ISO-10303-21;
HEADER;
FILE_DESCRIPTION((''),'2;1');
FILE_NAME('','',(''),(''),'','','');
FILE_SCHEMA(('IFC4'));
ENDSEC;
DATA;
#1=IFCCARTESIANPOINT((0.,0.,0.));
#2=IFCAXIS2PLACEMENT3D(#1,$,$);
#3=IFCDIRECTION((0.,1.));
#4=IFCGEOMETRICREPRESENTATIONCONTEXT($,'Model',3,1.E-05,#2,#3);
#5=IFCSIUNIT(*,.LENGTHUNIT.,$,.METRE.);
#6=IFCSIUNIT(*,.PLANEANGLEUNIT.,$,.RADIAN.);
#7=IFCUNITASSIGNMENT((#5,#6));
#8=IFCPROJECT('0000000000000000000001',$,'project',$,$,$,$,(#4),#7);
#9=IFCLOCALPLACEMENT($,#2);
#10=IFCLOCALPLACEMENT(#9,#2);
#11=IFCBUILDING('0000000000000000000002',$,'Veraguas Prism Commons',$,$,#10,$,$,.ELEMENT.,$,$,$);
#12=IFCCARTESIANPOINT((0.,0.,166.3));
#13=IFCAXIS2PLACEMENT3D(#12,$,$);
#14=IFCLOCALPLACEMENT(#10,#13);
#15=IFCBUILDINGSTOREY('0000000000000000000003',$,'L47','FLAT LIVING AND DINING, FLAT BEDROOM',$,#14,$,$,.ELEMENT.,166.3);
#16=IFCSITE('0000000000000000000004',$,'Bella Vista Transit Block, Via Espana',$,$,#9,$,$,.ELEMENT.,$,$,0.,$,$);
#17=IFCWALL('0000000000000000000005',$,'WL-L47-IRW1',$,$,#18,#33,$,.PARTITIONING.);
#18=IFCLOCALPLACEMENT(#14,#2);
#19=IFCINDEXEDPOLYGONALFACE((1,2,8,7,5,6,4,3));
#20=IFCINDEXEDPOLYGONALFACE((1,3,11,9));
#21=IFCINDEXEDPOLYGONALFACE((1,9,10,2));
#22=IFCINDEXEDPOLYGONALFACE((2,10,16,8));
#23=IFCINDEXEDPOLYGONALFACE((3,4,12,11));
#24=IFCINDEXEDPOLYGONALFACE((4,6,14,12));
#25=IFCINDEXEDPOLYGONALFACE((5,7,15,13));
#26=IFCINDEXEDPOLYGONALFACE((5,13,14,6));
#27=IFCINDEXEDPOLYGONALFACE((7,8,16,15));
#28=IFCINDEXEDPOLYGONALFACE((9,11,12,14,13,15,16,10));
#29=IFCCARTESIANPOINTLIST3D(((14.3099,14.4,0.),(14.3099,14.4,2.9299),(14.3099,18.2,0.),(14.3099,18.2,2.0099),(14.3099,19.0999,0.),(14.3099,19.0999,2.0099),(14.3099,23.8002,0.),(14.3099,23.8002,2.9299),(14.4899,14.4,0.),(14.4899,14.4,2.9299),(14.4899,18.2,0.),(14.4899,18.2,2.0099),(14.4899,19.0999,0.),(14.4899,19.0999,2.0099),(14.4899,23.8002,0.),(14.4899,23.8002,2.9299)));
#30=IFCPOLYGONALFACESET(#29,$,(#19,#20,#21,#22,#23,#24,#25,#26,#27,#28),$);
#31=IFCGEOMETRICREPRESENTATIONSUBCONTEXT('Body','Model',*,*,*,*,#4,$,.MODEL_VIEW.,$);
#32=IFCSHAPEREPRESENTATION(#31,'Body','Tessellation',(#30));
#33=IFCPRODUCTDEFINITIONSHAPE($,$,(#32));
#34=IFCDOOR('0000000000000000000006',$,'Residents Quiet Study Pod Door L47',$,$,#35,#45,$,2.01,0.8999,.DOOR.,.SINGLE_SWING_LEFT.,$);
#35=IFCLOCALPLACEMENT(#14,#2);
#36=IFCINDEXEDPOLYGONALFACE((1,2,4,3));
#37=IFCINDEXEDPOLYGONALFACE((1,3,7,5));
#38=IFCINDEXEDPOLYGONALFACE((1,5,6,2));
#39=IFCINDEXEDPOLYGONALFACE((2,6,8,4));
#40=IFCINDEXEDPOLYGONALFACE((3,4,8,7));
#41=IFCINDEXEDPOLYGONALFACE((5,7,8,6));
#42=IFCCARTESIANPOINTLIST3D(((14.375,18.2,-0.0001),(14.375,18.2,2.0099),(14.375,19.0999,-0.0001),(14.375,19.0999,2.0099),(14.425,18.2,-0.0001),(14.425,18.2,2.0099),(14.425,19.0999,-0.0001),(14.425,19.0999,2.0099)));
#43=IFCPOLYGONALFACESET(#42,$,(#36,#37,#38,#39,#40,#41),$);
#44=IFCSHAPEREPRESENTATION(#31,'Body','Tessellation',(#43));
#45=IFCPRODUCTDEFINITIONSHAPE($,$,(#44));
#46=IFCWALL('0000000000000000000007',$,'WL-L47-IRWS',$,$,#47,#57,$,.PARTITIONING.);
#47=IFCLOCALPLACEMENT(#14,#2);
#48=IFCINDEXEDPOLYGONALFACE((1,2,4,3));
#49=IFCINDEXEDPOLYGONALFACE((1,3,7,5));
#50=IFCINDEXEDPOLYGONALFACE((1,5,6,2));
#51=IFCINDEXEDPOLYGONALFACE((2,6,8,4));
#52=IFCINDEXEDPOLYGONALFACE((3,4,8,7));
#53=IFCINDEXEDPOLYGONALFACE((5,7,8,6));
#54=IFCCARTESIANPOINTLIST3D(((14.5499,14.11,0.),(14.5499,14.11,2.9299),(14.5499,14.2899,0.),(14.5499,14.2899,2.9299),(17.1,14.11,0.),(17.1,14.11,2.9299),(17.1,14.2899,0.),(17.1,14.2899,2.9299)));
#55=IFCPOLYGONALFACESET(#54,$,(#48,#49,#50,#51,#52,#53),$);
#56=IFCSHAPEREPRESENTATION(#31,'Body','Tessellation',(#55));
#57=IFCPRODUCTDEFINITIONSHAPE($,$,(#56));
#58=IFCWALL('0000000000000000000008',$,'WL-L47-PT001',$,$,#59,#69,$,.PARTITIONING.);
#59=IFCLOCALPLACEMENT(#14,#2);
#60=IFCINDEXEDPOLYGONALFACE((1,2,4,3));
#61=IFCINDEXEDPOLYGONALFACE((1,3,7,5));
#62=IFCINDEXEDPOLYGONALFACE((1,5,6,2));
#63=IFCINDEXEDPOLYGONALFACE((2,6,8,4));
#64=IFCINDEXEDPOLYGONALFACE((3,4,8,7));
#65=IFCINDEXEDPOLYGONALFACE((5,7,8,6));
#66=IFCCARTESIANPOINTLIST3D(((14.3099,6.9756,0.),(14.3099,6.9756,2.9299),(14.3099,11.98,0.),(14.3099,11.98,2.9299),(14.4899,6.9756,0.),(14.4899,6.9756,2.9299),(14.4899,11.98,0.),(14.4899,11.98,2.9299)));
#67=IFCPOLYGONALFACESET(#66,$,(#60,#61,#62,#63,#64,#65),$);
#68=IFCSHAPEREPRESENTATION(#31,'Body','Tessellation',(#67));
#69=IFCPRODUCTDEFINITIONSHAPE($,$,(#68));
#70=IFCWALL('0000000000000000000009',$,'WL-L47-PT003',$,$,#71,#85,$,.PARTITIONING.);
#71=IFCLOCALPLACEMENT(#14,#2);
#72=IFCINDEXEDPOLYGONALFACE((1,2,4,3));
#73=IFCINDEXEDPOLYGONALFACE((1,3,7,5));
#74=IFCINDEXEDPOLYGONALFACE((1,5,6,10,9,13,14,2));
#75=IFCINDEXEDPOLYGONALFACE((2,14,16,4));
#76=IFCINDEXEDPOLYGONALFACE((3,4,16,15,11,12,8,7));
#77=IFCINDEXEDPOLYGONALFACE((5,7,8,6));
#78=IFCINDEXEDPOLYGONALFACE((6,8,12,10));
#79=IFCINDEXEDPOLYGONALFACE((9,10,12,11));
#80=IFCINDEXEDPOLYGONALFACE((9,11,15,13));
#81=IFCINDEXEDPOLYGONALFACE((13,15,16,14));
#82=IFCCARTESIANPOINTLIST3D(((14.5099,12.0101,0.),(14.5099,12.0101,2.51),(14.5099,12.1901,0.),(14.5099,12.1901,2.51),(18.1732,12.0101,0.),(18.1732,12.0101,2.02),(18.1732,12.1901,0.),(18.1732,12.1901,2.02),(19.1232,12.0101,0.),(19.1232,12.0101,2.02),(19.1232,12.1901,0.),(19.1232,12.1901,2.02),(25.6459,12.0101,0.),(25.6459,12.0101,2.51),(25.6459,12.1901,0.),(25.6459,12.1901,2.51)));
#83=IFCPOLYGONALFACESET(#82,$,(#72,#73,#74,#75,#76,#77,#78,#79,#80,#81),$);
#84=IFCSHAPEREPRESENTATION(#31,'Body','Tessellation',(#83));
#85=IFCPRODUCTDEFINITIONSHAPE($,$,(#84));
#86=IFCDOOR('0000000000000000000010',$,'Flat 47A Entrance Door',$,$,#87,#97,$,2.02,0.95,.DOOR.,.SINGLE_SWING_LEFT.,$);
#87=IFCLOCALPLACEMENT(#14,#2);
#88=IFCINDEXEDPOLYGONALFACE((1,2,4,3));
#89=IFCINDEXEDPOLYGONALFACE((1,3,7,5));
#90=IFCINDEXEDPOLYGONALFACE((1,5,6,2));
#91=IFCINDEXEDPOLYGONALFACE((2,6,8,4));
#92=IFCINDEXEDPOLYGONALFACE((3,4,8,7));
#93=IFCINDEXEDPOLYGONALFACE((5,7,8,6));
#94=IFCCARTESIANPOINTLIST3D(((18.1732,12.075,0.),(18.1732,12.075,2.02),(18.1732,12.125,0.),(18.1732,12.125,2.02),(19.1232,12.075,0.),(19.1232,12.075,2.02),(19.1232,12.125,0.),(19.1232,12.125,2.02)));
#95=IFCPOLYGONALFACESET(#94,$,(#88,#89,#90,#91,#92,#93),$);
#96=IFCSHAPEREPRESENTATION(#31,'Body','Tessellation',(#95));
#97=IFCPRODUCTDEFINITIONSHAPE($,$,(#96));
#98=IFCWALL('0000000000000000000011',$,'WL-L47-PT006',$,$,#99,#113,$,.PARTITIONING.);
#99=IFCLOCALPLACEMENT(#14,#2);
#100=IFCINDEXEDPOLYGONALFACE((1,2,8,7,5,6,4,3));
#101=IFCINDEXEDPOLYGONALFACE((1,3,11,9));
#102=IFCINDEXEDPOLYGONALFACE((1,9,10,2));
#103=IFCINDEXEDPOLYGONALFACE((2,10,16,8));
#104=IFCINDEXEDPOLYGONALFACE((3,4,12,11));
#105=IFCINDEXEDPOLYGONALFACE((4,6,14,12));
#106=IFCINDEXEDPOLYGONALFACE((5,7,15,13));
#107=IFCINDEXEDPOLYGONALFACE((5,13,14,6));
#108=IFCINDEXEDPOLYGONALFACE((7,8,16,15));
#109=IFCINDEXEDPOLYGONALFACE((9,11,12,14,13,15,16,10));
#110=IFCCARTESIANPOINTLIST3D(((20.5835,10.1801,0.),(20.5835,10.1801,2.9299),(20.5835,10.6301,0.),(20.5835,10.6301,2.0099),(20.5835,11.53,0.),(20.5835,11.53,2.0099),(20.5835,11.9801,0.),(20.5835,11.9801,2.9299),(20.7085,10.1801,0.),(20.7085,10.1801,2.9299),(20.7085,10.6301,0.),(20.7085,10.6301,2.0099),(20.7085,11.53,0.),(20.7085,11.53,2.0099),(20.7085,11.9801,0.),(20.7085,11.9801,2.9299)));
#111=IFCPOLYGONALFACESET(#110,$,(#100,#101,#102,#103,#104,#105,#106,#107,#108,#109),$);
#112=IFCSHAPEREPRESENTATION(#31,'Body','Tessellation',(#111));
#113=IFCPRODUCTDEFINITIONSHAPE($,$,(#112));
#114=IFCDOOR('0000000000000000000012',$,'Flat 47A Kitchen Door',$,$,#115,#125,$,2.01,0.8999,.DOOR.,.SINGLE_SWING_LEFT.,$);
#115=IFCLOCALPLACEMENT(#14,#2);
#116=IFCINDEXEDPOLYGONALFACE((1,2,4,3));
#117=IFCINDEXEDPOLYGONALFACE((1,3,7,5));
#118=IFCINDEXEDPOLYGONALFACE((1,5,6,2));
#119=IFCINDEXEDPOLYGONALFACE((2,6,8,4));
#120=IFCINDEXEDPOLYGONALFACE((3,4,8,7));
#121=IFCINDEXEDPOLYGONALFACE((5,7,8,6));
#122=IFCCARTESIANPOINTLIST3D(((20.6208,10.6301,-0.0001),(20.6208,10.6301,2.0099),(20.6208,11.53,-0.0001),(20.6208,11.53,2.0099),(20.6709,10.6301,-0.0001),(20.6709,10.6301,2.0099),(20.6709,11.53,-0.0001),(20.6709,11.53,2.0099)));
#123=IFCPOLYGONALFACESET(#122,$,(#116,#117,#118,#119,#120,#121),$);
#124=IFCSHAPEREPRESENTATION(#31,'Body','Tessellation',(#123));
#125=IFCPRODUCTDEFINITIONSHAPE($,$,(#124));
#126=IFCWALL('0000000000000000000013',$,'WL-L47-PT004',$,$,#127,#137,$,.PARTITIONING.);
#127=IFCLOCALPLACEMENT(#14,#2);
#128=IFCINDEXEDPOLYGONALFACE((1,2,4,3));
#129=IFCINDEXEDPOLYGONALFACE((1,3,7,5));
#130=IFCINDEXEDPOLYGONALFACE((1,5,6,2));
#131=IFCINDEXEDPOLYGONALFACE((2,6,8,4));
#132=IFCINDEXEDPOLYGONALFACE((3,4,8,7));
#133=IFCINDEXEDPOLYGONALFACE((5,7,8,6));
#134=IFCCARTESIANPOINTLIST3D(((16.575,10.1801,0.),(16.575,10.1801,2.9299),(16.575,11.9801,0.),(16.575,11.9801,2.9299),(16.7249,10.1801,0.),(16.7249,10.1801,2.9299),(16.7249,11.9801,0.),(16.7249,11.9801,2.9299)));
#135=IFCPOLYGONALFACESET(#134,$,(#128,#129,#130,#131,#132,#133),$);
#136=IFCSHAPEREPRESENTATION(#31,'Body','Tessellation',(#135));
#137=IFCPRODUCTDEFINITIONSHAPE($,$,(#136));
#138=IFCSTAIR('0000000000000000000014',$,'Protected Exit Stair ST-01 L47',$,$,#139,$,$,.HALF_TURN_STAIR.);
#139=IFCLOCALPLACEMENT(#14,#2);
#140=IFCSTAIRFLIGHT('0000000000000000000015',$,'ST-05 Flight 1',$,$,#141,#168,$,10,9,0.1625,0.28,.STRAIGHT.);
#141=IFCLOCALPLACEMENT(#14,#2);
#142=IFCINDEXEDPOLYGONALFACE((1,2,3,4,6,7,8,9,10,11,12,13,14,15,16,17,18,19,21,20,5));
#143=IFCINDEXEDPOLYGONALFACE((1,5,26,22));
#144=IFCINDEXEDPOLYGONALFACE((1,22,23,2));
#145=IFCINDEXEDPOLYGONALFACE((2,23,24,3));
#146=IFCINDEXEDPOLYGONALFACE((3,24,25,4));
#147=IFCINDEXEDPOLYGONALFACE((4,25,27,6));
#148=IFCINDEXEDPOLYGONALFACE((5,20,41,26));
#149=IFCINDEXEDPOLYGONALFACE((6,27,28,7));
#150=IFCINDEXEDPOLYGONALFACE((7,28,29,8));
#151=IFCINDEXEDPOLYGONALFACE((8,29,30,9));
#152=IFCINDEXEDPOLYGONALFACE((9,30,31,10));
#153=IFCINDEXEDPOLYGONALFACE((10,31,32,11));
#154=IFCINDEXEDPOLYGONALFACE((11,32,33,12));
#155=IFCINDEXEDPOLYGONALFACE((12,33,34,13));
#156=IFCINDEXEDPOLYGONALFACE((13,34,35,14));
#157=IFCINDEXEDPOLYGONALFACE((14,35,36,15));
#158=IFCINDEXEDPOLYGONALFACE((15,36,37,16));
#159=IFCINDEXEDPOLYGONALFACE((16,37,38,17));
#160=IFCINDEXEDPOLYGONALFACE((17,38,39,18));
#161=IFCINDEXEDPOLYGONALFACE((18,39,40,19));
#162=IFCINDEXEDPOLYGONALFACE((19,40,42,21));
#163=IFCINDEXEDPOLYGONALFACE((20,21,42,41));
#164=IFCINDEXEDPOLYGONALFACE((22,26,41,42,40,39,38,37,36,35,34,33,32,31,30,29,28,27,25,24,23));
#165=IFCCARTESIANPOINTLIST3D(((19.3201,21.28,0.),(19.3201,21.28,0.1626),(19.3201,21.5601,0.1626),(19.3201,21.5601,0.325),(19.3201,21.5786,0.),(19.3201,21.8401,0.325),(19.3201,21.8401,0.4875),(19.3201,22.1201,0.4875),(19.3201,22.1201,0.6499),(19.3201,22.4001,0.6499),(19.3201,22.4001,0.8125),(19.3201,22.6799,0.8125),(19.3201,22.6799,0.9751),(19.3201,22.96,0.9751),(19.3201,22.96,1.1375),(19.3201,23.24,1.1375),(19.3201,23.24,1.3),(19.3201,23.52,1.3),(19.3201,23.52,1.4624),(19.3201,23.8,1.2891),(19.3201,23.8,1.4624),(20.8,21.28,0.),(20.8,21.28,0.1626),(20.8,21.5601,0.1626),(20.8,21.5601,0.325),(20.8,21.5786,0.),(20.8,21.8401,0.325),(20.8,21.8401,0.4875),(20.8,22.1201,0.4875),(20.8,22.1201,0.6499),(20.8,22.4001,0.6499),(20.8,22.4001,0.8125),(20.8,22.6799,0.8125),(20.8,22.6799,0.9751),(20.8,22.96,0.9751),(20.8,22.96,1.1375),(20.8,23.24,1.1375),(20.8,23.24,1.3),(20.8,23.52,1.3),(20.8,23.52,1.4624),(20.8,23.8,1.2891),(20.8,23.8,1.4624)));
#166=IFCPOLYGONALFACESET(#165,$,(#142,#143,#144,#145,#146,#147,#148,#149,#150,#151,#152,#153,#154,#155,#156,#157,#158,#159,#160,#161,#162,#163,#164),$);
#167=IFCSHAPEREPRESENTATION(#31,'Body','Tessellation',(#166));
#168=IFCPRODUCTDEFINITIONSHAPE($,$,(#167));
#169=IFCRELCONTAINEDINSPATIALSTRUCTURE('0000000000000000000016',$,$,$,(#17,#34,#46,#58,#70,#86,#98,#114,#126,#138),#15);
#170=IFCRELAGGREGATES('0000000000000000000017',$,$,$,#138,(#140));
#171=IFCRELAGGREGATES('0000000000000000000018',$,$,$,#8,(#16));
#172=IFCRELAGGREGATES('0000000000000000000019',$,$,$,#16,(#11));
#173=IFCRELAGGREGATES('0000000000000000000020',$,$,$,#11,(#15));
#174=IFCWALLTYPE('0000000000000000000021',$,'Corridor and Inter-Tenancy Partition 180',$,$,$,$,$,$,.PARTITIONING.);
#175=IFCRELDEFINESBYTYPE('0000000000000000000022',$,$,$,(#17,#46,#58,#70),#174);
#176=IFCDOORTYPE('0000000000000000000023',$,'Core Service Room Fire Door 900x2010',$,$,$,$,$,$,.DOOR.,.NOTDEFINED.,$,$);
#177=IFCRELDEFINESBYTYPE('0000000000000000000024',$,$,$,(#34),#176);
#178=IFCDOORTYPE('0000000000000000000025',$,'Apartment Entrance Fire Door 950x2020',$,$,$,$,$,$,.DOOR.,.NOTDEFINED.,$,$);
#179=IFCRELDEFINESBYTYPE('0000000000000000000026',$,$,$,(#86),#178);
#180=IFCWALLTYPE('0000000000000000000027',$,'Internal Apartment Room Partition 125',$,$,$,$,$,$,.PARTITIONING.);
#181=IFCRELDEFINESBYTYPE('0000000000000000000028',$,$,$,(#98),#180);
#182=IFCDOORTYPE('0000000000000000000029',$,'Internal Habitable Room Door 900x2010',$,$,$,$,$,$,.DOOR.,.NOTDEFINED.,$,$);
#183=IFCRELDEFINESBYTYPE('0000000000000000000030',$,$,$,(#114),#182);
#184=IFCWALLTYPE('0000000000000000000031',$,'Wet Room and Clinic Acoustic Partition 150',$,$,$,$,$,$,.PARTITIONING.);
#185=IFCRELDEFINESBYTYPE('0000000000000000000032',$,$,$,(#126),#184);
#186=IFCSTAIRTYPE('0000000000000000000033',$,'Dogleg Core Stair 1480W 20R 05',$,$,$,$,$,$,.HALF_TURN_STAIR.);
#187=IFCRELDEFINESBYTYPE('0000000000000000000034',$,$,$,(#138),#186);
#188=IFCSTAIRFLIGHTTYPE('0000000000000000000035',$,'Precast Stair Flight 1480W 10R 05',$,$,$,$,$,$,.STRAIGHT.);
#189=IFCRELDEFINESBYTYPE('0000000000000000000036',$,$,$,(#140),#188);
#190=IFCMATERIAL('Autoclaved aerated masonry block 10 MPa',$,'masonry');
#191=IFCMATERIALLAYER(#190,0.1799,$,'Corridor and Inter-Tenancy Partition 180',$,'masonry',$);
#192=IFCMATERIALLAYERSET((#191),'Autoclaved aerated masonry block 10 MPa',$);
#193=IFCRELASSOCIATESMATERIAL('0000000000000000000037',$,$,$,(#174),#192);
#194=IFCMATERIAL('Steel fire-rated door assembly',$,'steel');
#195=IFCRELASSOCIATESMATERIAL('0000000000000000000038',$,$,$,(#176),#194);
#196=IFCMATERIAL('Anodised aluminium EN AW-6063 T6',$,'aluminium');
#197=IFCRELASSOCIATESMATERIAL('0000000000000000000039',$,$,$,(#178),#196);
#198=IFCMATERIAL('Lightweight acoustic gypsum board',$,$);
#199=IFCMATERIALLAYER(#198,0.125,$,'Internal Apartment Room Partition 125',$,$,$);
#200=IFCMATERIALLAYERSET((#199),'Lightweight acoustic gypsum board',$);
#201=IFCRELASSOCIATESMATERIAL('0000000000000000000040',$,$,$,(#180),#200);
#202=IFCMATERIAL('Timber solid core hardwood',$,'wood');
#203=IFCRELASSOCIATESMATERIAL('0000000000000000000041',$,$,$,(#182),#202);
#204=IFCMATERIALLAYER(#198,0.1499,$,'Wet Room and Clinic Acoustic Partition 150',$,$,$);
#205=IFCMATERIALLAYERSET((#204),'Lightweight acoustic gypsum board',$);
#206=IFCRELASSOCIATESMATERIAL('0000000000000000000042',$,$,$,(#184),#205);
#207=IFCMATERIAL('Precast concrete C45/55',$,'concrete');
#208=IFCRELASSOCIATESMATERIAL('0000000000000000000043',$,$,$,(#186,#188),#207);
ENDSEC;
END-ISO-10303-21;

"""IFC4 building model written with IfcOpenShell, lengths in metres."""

from ifc_helpers import new_model, si_unit, direction, frame, frame_2d, origin, place, context, subcontext, project, spatial, polyline, rectangle, outline, extrude, source, transform, mapped, material, layer, layer_set, type_object, element, fill, aggregate, save


model = new_model("IFC4")

# Units and contexts
model_context = context("Model", 3, precision=1e-05, world=origin(), true_north=direction((0.0, 1.0)))
body_context = subcontext(model_context, "Body", "Model", "MODEL_VIEW")
ifc_project = project(units=[si_unit("LENGTHUNIT", "METRE"), si_unit("PLANEANGLEUNIT", "RADIAN")], contexts=[model_context])

# Site, building, storey
site_placement = place(None, origin())
site = spatial("IfcSite", under=ifc_project, at=site_placement, Name="Bella Vista Transit Block, Via Espana", CompositionType="ELEMENT", RefElevation=0.0)
building_placement = place(site_placement, origin())
building = spatial("IfcBuilding", under=site, at=building_placement, Name="Veraguas Prism Commons", CompositionType="ELEMENT")
storey_placement = place(building_placement, frame((0.0, 0.0, 166.3)))
storey = spatial("IfcBuildingStorey", under=building, at=storey_placement, Name="L47", Description="FLAT LIVING AND DINING, FLAT BEDROOM", CompositionType="ELEMENT", Elevation=166.3)

# Shared definitions
ifc_material_1 = material(Name="Steel fire-rated door assembly", Category="steel")

# Wall, opening, door
ifc_material_2 = material(Name="Autoclaved aerated masonry block 10 MPa", Category="masonry")
ifc_layer_1 = layer(ifc_material_2, 0.1799, Name="Corridor and Inter-Tenancy Partition 180", Category="masonry")
ifc_layer_set_1 = layer_set([ifc_layer_1], Name="Autoclaved aerated masonry block 10 MPa")
wall_type_1 = type_object("IfcWallType", Name="Corridor and Inter-Tenancy Partition 180", PredefinedType="PARTITIONING", material=ifc_layer_set_1)
wall_1_placement = place(storey_placement, frame((14.3999, 14.3999, 0.0), z_axis=(0.0, 0.0, 1.0), x_axis=(0.0, 1.0, 0.0)))
wall_1 = element("IfcWall", 1, at=wall_1_placement, inside=storey, type_object=wall_type_1, Name="WL-L47-IRW1", PredefinedType="PARTITIONING", context=body_context, shape_type="SweptSolid", body=[
    extrude(rectangle(XDim=9.4001, YDim=0.1799, at=frame_2d((4.7002, 0.0))), origin(), (0.0, 0.0, 1.0), 2.9299),
])
opening_1_placement = place(wall_1_placement, frame((3.8, 0.0, 0.0)))
opening_1 = element("IfcOpeningElement", 2, at=opening_1_placement, cuts=wall_1, PredefinedType="OPENING", context=body_context, shape_type="SweptSolid", body=[
    extrude(rectangle(XDim=0.8999, YDim=2.01, at=frame_2d((0.45, 1.0049))), frame((0.0, 0.0999, 0.0), z_axis=(0.0, -1.0, 0.0), x_axis=(1.0, 0.0, 0.0)), (0.0, 0.0, 1.0), 0.2),
])
door_type_1 = type_object("IfcDoorType", Name="Core Service Room Fire Door 900x2010", OperationType="NOTDEFINED", PredefinedType="DOOR", material=ifc_material_1)
shared_shape_1 = source(origin(), body_context, "Body", "SweptSolid", [
    extrude(rectangle(XDim=0.8999, YDim=2.01, at=frame_2d((0.45, 1.0049))), frame((0.0, 0.0249, 0.0), z_axis=(0.0, -1.0, 0.0), x_axis=(1.0, 0.0, 0.0)), (0.0, 0.0, 1.0), 0.05),
])
door_1_placement = place(opening_1_placement, origin())
door_1 = element("IfcDoor", 3, at=door_1_placement, inside=storey, type_object=door_type_1, Name="Residents Quiet Study Pod Door L47", OperationType="SINGLE_SWING_LEFT", OverallHeight=2.01, OverallWidth=0.8999, PredefinedType="DOOR", context=body_context, shape_type="MappedRepresentation", body=[
    mapped(shared_shape_1, transform((0.0, 0.0, 0.0), scale=1.0)),
])
fill(opening_1, door_1)

# Walls
wall_2_placement = place(storey_placement, frame((14.55, 14.2, 0.0), z_axis=(0.0, 0.0, 1.0), x_axis=(1.0, 0.0, 0.0)))
element("IfcWall", 4, at=wall_2_placement, inside=storey, type_object=wall_type_1, Name="WL-L47-IRWS", PredefinedType="PARTITIONING", context=body_context, shape_type="SweptSolid", body=[
    extrude(rectangle(XDim=2.55, YDim=0.1799, at=frame_2d((1.2749, 0.0))), origin(), (0.0, 0.0, 1.0), 2.9299),
])
wall_3_placement = place(storey_placement, frame((14.3999, 11.98, 0.0), z_axis=(0.0, 0.0, 1.0), x_axis=(0.0, -1.0, 0.0)))
element("IfcWall", 5, at=wall_3_placement, inside=storey, type_object=wall_type_1, Name="WL-L47-PT001", PredefinedType="PARTITIONING", context=body_context, shape_type="SweptSolid", body=[
    extrude(rectangle(XDim=5.0044, YDim=0.1799, at=frame_2d((2.5022, 0.0))), origin(), (0.0, 0.0, 1.0), 2.9299),
])

# Walls, openings, doors
wall_4_placement = place(storey_placement, frame((14.51, 12.1001, 0.0), z_axis=(0.0, 0.0, 1.0), x_axis=(1.0, 0.0, 0.0)))
wall_4 = element("IfcWall", 6, at=wall_4_placement, inside=storey, type_object=wall_type_1, Name="WL-L47-PT003", PredefinedType="PARTITIONING", context=body_context, shape_type="SweptSolid", body=[
    extrude(rectangle(XDim=11.136, YDim=0.1799, at=frame_2d((5.5679, 0.0))), origin(), (0.0, 0.0, 1.0), 2.51),
])
opening_2_placement = place(wall_4_placement, frame((3.6631, 0.0, 0.0)))
opening_2 = element("IfcOpeningElement", 7, at=opening_2_placement, cuts=wall_4, PredefinedType="OPENING", context=body_context, shape_type="SweptSolid", body=[
    extrude(rectangle(XDim=0.95, YDim=2.02, at=frame_2d((0.4751, 1.01))), frame((0.0, 0.0999, 0.0), z_axis=(0.0, -1.0, 0.0), x_axis=(1.0, 0.0, 0.0)), (0.0, 0.0, 1.0), 0.2),
])
ifc_material_3 = material(Name="Anodised aluminium EN AW-6063 T6", Category="aluminium")
door_type_2 = type_object("IfcDoorType", Name="Apartment Entrance Fire Door 950x2020", OperationType="NOTDEFINED", PredefinedType="DOOR", material=ifc_material_3)
shared_shape_2 = source(origin(), body_context, "Body", "SweptSolid", [
    extrude(rectangle(XDim=0.95, YDim=2.02, at=frame_2d((0.4751, 1.01))), frame((0.0, 0.0249, 0.0), z_axis=(0.0, -1.0, 0.0), x_axis=(1.0, 0.0, 0.0)), (0.0, 0.0, 1.0), 0.05),
])
door_2_placement = place(opening_2_placement, origin())
door_2 = element("IfcDoor", 8, at=door_2_placement, inside=storey, type_object=door_type_2, Name="Flat 47A Entrance Door", OperationType="SINGLE_SWING_LEFT", OverallHeight=2.02, OverallWidth=0.95, PredefinedType="DOOR", context=body_context, shape_type="MappedRepresentation", body=[
    mapped(shared_shape_2, transform((0.0, 0.0, 0.0), scale=1.0)),
])
fill(opening_2, door_2)
ifc_material_4 = material(Name="Lightweight acoustic gypsum board")
ifc_layer_2 = layer(ifc_material_4, 0.125, Name="Internal Apartment Room Partition 125")
ifc_layer_set_2 = layer_set([ifc_layer_2], Name="Lightweight acoustic gypsum board")
wall_type_2 = type_object("IfcWallType", Name="Internal Apartment Room Partition 125", PredefinedType="PARTITIONING", material=ifc_layer_set_2)
wall_5_placement = place(storey_placement, frame((20.646, 11.98, 0.0), z_axis=(0.0, 0.0, 1.0), x_axis=(0.0, -1.0, 0.0)))
wall_5 = element("IfcWall", 9, at=wall_5_placement, inside=storey, type_object=wall_type_2, Name="WL-L47-PT006", PredefinedType="PARTITIONING", context=body_context, shape_type="SweptSolid", body=[
    extrude(rectangle(XDim=1.8, YDim=0.125, at=frame_2d((0.8999, 0.0))), origin(), (0.0, 0.0, 1.0), 2.9299),
])
opening_3_placement = place(wall_5_placement, frame((0.45, 0.0, 0.0)))
opening_3 = element("IfcOpeningElement", 10, at=opening_3_placement, cuts=wall_5, PredefinedType="OPENING", context=body_context, shape_type="SweptSolid", body=[
    extrude(rectangle(XDim=0.8999, YDim=2.01, at=frame_2d((0.45, 1.0049))), frame((0.0, 0.0725, 0.0), z_axis=(0.0, -1.0, 0.0), x_axis=(1.0, 0.0, 0.0)), (0.0, 0.0, 1.0), 0.145),
])
ifc_material_5 = material(Name="Timber solid core hardwood", Category="wood")
door_type_3 = type_object("IfcDoorType", Name="Internal Habitable Room Door 900x2010", OperationType="NOTDEFINED", PredefinedType="DOOR", material=ifc_material_5)
door_3_placement = place(opening_3_placement, origin())
door_3 = element("IfcDoor", 11, at=door_3_placement, inside=storey, type_object=door_type_3, Name="Flat 47A Kitchen Door", OperationType="SINGLE_SWING_LEFT", OverallHeight=2.01, OverallWidth=0.8999, PredefinedType="DOOR", context=body_context, shape_type="MappedRepresentation", body=[
    mapped(shared_shape_1, transform((0.0, 0.0, 0.0), scale=1.0)),
])
fill(opening_3, door_3)

# Wall
ifc_layer_3 = layer(ifc_material_4, 0.1499, Name="Wet Room and Clinic Acoustic Partition 150")
ifc_layer_set_3 = layer_set([ifc_layer_3], Name="Lightweight acoustic gypsum board")
wall_type_3 = type_object("IfcWallType", Name="Wet Room and Clinic Acoustic Partition 150", PredefinedType="PARTITIONING", material=ifc_layer_set_3)
wall_6_placement = place(storey_placement, frame((16.6499, 11.98, 0.0), z_axis=(0.0, 0.0, 1.0), x_axis=(0.0, -1.0, 0.0)))
element("IfcWall", 12, at=wall_6_placement, inside=storey, type_object=wall_type_3, Name="WL-L47-PT004", PredefinedType="PARTITIONING", context=body_context, shape_type="SweptSolid", body=[
    extrude(rectangle(XDim=1.8, YDim=0.1499, at=frame_2d((0.8999, 0.0))), origin(), (0.0, 0.0, 1.0), 2.9299),
])

# Stair, stair flight
ifc_material_6 = material(Name="Precast concrete C45/55", Category="concrete")
stair_type = type_object("IfcStairType", Name="Dogleg Core Stair 1480W 20R 05", PredefinedType="HALF_TURN_STAIR", material=ifc_material_6)
stair_placement = place(storey_placement, origin())
stair = element("IfcStair", 13, at=stair_placement, inside=storey, type_object=stair_type, Name="Protected Exit Stair ST-01 L47", PredefinedType="HALF_TURN_STAIR")
stair_flight_type = type_object("IfcStairFlightType", Name="Precast Stair Flight 1480W 10R 05", PredefinedType="STRAIGHT", material=ifc_material_6)
stair_flight_placement = place(storey_placement, frame((20.0601, 21.28, 0.0), z_axis=(0.0, 0.0, 1.0), x_axis=(0.0, 1.0, 0.0)))
stair_flight = element("IfcStairFlight", 14, at=stair_flight_placement, type_object=stair_flight_type, Name="ST-05 Flight 1", NumberOfRisers=10, NumberOfTreads=9, PredefinedType="STRAIGHT", RiserHeight=0.1625, TreadLength=0.28, context=body_context, shape_type="SweptSolid", body=[
    extrude(outline(polyline([(0.0, 0.0), (0.0, 0.1626), (0.28, 0.1626), (0.28, 0.325), (0.5601, 0.325), (0.5601, 0.4875), (0.8401, 0.4875), (0.8401, 0.6499), (1.1201, 0.6499), (1.1201, 0.8125), (1.3999, 0.8125), (1.3999, 0.9751), (1.6799, 0.9751), (1.6799, 1.1375), (1.96, 1.1375), (1.96, 1.3), (2.24, 1.3), (2.24, 1.4624), (2.52, 1.4624), (2.52, 1.625), (2.52, 1.2891), (0.2986, 0.0), (0.0, 0.0)])), frame((0.0, 0.74, 0.0), z_axis=(0.0, -1.0, 0.0), x_axis=(1.0, 0.0, 0.0)), (0.0, 0.0, 1.0), 1.48),
])
aggregate(stair, [stair_flight])

save(model, "model.ifc")
